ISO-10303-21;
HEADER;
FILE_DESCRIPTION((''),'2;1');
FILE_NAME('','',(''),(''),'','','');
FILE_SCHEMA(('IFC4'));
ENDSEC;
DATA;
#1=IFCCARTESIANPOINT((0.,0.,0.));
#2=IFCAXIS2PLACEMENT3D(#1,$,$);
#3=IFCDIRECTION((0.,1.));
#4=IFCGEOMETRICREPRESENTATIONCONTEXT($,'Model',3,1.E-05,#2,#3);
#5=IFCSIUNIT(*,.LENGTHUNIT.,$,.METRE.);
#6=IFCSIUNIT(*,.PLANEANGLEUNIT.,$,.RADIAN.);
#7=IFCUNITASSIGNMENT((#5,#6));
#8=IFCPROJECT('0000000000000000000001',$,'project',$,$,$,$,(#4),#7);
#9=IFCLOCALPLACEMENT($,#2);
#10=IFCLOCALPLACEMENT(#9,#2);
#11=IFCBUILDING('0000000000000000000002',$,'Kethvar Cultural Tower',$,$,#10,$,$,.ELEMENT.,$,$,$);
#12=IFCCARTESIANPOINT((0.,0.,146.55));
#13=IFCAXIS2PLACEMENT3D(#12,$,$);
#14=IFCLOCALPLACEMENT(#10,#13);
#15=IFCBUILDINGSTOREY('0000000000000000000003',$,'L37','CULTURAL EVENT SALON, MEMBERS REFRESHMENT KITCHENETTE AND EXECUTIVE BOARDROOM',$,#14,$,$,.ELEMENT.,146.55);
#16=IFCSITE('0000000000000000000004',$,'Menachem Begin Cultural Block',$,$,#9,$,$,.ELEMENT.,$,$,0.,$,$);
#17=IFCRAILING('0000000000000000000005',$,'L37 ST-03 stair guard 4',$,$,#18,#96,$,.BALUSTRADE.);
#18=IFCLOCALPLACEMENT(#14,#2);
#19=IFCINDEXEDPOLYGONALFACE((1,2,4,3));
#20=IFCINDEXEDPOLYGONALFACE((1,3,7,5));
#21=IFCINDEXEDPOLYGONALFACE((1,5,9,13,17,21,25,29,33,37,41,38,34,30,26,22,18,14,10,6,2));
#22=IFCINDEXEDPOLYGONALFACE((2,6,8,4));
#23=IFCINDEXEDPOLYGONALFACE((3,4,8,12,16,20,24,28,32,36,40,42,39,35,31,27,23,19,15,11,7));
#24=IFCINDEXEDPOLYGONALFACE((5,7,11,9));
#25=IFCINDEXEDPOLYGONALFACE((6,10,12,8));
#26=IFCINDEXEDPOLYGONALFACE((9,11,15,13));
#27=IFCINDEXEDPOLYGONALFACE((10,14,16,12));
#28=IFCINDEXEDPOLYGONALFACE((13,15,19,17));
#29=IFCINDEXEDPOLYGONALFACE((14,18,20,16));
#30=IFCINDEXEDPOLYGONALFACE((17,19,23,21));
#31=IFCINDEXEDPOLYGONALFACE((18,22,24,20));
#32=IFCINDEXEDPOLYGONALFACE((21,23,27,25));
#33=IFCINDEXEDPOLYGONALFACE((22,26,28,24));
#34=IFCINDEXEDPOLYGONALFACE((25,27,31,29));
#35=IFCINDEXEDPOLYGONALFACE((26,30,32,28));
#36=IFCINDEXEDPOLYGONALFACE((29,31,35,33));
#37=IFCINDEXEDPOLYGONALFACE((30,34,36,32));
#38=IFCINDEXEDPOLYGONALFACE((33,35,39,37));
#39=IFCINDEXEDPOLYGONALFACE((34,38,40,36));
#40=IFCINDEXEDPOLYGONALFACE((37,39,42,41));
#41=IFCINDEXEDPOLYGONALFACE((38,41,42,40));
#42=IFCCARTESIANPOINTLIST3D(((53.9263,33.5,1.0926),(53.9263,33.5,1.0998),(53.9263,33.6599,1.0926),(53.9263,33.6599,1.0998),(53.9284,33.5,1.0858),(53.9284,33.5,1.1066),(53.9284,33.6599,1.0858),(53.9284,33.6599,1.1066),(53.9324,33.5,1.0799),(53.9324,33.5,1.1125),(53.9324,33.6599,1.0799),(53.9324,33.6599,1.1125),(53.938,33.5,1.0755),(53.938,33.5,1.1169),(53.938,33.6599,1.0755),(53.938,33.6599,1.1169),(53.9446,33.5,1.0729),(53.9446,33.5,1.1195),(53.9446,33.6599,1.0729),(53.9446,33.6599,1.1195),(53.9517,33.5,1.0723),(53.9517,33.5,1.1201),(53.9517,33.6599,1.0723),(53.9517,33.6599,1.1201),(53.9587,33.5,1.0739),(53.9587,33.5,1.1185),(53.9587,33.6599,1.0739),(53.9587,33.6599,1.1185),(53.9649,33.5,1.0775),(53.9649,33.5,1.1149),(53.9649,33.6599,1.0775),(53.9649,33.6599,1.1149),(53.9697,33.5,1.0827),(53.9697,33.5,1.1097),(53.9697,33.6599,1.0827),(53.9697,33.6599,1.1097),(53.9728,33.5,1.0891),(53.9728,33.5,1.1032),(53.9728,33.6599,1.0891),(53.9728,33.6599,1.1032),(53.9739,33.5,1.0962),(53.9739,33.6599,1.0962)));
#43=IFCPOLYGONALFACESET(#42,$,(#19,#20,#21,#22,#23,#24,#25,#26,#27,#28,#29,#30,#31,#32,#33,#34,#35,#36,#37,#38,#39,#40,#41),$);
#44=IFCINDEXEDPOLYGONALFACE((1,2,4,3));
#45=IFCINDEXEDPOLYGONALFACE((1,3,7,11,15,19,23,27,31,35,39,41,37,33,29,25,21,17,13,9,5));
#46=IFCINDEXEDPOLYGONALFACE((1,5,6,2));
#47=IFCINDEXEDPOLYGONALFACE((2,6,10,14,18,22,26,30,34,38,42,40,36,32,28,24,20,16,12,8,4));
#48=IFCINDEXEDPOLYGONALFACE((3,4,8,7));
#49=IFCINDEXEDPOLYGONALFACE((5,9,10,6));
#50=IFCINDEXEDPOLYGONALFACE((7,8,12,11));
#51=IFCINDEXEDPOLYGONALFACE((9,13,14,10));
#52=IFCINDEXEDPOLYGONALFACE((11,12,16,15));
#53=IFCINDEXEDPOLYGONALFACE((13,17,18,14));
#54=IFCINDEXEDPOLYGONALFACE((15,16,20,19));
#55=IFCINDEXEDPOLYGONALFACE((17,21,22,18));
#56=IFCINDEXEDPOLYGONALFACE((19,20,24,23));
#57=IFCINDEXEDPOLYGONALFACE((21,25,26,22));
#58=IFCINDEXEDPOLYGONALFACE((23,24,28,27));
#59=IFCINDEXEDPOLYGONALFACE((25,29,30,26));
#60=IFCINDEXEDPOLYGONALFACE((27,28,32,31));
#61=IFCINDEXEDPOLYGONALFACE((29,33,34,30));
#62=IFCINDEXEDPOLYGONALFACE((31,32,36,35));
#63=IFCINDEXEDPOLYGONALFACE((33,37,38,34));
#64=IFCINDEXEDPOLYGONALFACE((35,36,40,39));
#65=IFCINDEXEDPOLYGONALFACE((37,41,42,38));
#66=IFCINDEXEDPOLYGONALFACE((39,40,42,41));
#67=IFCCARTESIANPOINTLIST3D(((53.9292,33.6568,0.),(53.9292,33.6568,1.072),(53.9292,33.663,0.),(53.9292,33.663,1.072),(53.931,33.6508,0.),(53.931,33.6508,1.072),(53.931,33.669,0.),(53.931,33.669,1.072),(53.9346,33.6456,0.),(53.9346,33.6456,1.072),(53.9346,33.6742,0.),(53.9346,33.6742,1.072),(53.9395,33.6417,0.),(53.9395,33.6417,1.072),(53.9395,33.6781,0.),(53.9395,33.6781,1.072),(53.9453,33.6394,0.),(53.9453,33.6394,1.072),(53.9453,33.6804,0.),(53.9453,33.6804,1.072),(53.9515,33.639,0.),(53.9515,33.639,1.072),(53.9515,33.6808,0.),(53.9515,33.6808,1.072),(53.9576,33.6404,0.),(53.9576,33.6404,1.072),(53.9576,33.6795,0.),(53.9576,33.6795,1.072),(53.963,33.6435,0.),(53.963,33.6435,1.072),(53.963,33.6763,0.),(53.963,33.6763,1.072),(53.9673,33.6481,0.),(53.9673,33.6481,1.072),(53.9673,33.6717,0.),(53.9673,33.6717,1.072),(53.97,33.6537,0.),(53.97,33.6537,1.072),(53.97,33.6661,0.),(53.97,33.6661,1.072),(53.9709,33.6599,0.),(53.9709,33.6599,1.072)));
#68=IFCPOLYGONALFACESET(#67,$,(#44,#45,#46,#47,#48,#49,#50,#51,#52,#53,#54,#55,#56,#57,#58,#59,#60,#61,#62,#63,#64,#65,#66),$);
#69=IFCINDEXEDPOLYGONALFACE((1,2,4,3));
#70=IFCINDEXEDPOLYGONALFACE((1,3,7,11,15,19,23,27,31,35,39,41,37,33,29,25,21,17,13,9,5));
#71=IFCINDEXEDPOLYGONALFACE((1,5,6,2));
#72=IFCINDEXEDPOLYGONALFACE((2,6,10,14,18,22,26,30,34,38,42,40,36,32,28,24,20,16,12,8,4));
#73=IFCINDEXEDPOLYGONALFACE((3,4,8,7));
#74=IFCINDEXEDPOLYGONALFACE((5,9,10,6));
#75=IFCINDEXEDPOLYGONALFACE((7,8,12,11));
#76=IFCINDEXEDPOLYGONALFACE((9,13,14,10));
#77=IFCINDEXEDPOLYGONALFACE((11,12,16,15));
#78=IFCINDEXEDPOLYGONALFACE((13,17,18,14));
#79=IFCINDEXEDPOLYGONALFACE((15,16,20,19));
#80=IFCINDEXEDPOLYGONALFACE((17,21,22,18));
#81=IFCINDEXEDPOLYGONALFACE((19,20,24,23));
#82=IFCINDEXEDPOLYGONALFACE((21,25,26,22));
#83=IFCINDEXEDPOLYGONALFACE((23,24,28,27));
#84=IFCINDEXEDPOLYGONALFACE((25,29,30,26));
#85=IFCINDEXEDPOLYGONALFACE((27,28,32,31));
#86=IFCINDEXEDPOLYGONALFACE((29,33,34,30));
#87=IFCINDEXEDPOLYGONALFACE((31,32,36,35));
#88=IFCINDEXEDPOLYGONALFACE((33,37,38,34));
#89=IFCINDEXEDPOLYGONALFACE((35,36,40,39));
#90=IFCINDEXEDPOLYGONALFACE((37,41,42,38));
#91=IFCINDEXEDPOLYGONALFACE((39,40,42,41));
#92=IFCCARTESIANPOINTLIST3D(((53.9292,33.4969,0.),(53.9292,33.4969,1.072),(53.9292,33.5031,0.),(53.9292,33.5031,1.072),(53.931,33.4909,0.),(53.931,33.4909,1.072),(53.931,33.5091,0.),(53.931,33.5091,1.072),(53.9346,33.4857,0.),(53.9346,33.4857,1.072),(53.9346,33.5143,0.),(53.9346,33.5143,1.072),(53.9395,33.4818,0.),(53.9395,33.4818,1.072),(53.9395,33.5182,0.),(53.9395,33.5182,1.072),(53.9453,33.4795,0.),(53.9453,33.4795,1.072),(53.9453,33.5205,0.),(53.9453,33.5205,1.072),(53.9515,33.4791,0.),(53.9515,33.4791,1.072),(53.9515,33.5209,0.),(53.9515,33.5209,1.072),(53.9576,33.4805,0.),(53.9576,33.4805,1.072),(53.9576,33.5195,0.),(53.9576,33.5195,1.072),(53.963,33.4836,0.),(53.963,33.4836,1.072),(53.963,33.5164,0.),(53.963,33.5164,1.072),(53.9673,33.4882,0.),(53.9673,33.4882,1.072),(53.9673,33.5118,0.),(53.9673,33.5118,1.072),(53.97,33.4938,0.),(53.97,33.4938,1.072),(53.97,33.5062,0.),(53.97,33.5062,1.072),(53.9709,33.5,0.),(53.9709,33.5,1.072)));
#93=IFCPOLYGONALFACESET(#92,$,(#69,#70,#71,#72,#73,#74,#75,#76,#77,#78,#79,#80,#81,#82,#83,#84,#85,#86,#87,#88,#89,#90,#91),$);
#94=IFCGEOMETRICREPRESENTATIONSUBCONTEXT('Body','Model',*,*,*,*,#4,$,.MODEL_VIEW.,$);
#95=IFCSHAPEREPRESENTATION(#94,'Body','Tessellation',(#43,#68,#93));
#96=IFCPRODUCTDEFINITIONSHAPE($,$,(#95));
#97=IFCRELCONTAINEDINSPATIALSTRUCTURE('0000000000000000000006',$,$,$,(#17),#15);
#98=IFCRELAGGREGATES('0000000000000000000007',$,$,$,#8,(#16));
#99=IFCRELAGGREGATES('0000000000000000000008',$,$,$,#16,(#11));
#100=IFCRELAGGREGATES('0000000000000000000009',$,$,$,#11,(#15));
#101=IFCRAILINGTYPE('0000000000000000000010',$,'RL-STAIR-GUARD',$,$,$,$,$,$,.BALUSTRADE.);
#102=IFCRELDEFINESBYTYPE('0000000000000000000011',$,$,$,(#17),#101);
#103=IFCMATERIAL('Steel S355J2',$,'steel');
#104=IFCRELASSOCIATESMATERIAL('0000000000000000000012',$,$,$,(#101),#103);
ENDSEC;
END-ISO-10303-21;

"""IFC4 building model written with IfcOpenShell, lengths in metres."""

from ifc_helpers import new_model, si_unit, direction, frame, origin, origin_2d, place, context, subcontext, project, spatial, circle, extrude, material, type_object, element, save


model = new_model("IFC4")

# Units and contexts
model_context = context("Model", 3, precision=1e-05, world=origin(), true_north=direction((0.0, 1.0)))
body_context = subcontext(model_context, "Body", "Model", "MODEL_VIEW")
ifc_project = project(units=[si_unit("LENGTHUNIT", "METRE"), si_unit("PLANEANGLEUNIT", "RADIAN")], contexts=[model_context])

# Site, building, storey
site_placement = place(None, origin())
site = spatial("IfcSite", under=ifc_project, at=site_placement, Name="Menachem Begin Cultural Block", CompositionType="ELEMENT", RefElevation=0.0)
building_placement = place(site_placement, origin())
building = spatial("IfcBuilding", under=site, at=building_placement, Name="Kethvar Cultural Tower", CompositionType="ELEMENT")
storey_placement = place(building_placement, frame((0.0, 0.0, 146.55)))
storey = spatial("IfcBuildingStorey", under=building, at=storey_placement, Name="L37", Description="CULTURAL EVENT SALON, MEMBERS REFRESHMENT KITCHENETTE AND EXECUTIVE BOARDROOM", CompositionType="ELEMENT", Elevation=146.55)

# Shared definitions
ifc_material_1 = material(Name="Steel S355J2", Category="steel")

# Railing
railing_type_1 = type_object("IfcRailingType", Name="RL-STAIR-GUARD", PredefinedType="BALUSTRADE", material=ifc_material_1)
railing_1_placement = place(storey_placement, frame((53.95, 33.6599, 0.0)))
element("IfcRailing", 1, at=railing_1_placement, inside=storey, type_object=railing_type_1, Name="L37 ST-03 stair guard 4", PredefinedType="BALUSTRADE", context=body_context, shape_type="SweptSolid", body=[
    extrude(circle(Radius=0.0239, at=origin_2d()), frame((0.0, 0.0, 1.0962), z_axis=(0.0, -1.0, 0.0), x_axis=(1.0, 0.0, 0.0)), (0.0, 0.0, 1.0), 0.1599),
    extrude(circle(Radius=0.021, at=origin_2d()), origin(), (0.0, 0.0, 1.0), 1.072),
    extrude(circle(Radius=0.021, at=origin_2d()), frame((0.0, -0.1599, 0.0)), (0.0, 0.0, 1.0), 1.072),
])

save(model, "model.ifc")
